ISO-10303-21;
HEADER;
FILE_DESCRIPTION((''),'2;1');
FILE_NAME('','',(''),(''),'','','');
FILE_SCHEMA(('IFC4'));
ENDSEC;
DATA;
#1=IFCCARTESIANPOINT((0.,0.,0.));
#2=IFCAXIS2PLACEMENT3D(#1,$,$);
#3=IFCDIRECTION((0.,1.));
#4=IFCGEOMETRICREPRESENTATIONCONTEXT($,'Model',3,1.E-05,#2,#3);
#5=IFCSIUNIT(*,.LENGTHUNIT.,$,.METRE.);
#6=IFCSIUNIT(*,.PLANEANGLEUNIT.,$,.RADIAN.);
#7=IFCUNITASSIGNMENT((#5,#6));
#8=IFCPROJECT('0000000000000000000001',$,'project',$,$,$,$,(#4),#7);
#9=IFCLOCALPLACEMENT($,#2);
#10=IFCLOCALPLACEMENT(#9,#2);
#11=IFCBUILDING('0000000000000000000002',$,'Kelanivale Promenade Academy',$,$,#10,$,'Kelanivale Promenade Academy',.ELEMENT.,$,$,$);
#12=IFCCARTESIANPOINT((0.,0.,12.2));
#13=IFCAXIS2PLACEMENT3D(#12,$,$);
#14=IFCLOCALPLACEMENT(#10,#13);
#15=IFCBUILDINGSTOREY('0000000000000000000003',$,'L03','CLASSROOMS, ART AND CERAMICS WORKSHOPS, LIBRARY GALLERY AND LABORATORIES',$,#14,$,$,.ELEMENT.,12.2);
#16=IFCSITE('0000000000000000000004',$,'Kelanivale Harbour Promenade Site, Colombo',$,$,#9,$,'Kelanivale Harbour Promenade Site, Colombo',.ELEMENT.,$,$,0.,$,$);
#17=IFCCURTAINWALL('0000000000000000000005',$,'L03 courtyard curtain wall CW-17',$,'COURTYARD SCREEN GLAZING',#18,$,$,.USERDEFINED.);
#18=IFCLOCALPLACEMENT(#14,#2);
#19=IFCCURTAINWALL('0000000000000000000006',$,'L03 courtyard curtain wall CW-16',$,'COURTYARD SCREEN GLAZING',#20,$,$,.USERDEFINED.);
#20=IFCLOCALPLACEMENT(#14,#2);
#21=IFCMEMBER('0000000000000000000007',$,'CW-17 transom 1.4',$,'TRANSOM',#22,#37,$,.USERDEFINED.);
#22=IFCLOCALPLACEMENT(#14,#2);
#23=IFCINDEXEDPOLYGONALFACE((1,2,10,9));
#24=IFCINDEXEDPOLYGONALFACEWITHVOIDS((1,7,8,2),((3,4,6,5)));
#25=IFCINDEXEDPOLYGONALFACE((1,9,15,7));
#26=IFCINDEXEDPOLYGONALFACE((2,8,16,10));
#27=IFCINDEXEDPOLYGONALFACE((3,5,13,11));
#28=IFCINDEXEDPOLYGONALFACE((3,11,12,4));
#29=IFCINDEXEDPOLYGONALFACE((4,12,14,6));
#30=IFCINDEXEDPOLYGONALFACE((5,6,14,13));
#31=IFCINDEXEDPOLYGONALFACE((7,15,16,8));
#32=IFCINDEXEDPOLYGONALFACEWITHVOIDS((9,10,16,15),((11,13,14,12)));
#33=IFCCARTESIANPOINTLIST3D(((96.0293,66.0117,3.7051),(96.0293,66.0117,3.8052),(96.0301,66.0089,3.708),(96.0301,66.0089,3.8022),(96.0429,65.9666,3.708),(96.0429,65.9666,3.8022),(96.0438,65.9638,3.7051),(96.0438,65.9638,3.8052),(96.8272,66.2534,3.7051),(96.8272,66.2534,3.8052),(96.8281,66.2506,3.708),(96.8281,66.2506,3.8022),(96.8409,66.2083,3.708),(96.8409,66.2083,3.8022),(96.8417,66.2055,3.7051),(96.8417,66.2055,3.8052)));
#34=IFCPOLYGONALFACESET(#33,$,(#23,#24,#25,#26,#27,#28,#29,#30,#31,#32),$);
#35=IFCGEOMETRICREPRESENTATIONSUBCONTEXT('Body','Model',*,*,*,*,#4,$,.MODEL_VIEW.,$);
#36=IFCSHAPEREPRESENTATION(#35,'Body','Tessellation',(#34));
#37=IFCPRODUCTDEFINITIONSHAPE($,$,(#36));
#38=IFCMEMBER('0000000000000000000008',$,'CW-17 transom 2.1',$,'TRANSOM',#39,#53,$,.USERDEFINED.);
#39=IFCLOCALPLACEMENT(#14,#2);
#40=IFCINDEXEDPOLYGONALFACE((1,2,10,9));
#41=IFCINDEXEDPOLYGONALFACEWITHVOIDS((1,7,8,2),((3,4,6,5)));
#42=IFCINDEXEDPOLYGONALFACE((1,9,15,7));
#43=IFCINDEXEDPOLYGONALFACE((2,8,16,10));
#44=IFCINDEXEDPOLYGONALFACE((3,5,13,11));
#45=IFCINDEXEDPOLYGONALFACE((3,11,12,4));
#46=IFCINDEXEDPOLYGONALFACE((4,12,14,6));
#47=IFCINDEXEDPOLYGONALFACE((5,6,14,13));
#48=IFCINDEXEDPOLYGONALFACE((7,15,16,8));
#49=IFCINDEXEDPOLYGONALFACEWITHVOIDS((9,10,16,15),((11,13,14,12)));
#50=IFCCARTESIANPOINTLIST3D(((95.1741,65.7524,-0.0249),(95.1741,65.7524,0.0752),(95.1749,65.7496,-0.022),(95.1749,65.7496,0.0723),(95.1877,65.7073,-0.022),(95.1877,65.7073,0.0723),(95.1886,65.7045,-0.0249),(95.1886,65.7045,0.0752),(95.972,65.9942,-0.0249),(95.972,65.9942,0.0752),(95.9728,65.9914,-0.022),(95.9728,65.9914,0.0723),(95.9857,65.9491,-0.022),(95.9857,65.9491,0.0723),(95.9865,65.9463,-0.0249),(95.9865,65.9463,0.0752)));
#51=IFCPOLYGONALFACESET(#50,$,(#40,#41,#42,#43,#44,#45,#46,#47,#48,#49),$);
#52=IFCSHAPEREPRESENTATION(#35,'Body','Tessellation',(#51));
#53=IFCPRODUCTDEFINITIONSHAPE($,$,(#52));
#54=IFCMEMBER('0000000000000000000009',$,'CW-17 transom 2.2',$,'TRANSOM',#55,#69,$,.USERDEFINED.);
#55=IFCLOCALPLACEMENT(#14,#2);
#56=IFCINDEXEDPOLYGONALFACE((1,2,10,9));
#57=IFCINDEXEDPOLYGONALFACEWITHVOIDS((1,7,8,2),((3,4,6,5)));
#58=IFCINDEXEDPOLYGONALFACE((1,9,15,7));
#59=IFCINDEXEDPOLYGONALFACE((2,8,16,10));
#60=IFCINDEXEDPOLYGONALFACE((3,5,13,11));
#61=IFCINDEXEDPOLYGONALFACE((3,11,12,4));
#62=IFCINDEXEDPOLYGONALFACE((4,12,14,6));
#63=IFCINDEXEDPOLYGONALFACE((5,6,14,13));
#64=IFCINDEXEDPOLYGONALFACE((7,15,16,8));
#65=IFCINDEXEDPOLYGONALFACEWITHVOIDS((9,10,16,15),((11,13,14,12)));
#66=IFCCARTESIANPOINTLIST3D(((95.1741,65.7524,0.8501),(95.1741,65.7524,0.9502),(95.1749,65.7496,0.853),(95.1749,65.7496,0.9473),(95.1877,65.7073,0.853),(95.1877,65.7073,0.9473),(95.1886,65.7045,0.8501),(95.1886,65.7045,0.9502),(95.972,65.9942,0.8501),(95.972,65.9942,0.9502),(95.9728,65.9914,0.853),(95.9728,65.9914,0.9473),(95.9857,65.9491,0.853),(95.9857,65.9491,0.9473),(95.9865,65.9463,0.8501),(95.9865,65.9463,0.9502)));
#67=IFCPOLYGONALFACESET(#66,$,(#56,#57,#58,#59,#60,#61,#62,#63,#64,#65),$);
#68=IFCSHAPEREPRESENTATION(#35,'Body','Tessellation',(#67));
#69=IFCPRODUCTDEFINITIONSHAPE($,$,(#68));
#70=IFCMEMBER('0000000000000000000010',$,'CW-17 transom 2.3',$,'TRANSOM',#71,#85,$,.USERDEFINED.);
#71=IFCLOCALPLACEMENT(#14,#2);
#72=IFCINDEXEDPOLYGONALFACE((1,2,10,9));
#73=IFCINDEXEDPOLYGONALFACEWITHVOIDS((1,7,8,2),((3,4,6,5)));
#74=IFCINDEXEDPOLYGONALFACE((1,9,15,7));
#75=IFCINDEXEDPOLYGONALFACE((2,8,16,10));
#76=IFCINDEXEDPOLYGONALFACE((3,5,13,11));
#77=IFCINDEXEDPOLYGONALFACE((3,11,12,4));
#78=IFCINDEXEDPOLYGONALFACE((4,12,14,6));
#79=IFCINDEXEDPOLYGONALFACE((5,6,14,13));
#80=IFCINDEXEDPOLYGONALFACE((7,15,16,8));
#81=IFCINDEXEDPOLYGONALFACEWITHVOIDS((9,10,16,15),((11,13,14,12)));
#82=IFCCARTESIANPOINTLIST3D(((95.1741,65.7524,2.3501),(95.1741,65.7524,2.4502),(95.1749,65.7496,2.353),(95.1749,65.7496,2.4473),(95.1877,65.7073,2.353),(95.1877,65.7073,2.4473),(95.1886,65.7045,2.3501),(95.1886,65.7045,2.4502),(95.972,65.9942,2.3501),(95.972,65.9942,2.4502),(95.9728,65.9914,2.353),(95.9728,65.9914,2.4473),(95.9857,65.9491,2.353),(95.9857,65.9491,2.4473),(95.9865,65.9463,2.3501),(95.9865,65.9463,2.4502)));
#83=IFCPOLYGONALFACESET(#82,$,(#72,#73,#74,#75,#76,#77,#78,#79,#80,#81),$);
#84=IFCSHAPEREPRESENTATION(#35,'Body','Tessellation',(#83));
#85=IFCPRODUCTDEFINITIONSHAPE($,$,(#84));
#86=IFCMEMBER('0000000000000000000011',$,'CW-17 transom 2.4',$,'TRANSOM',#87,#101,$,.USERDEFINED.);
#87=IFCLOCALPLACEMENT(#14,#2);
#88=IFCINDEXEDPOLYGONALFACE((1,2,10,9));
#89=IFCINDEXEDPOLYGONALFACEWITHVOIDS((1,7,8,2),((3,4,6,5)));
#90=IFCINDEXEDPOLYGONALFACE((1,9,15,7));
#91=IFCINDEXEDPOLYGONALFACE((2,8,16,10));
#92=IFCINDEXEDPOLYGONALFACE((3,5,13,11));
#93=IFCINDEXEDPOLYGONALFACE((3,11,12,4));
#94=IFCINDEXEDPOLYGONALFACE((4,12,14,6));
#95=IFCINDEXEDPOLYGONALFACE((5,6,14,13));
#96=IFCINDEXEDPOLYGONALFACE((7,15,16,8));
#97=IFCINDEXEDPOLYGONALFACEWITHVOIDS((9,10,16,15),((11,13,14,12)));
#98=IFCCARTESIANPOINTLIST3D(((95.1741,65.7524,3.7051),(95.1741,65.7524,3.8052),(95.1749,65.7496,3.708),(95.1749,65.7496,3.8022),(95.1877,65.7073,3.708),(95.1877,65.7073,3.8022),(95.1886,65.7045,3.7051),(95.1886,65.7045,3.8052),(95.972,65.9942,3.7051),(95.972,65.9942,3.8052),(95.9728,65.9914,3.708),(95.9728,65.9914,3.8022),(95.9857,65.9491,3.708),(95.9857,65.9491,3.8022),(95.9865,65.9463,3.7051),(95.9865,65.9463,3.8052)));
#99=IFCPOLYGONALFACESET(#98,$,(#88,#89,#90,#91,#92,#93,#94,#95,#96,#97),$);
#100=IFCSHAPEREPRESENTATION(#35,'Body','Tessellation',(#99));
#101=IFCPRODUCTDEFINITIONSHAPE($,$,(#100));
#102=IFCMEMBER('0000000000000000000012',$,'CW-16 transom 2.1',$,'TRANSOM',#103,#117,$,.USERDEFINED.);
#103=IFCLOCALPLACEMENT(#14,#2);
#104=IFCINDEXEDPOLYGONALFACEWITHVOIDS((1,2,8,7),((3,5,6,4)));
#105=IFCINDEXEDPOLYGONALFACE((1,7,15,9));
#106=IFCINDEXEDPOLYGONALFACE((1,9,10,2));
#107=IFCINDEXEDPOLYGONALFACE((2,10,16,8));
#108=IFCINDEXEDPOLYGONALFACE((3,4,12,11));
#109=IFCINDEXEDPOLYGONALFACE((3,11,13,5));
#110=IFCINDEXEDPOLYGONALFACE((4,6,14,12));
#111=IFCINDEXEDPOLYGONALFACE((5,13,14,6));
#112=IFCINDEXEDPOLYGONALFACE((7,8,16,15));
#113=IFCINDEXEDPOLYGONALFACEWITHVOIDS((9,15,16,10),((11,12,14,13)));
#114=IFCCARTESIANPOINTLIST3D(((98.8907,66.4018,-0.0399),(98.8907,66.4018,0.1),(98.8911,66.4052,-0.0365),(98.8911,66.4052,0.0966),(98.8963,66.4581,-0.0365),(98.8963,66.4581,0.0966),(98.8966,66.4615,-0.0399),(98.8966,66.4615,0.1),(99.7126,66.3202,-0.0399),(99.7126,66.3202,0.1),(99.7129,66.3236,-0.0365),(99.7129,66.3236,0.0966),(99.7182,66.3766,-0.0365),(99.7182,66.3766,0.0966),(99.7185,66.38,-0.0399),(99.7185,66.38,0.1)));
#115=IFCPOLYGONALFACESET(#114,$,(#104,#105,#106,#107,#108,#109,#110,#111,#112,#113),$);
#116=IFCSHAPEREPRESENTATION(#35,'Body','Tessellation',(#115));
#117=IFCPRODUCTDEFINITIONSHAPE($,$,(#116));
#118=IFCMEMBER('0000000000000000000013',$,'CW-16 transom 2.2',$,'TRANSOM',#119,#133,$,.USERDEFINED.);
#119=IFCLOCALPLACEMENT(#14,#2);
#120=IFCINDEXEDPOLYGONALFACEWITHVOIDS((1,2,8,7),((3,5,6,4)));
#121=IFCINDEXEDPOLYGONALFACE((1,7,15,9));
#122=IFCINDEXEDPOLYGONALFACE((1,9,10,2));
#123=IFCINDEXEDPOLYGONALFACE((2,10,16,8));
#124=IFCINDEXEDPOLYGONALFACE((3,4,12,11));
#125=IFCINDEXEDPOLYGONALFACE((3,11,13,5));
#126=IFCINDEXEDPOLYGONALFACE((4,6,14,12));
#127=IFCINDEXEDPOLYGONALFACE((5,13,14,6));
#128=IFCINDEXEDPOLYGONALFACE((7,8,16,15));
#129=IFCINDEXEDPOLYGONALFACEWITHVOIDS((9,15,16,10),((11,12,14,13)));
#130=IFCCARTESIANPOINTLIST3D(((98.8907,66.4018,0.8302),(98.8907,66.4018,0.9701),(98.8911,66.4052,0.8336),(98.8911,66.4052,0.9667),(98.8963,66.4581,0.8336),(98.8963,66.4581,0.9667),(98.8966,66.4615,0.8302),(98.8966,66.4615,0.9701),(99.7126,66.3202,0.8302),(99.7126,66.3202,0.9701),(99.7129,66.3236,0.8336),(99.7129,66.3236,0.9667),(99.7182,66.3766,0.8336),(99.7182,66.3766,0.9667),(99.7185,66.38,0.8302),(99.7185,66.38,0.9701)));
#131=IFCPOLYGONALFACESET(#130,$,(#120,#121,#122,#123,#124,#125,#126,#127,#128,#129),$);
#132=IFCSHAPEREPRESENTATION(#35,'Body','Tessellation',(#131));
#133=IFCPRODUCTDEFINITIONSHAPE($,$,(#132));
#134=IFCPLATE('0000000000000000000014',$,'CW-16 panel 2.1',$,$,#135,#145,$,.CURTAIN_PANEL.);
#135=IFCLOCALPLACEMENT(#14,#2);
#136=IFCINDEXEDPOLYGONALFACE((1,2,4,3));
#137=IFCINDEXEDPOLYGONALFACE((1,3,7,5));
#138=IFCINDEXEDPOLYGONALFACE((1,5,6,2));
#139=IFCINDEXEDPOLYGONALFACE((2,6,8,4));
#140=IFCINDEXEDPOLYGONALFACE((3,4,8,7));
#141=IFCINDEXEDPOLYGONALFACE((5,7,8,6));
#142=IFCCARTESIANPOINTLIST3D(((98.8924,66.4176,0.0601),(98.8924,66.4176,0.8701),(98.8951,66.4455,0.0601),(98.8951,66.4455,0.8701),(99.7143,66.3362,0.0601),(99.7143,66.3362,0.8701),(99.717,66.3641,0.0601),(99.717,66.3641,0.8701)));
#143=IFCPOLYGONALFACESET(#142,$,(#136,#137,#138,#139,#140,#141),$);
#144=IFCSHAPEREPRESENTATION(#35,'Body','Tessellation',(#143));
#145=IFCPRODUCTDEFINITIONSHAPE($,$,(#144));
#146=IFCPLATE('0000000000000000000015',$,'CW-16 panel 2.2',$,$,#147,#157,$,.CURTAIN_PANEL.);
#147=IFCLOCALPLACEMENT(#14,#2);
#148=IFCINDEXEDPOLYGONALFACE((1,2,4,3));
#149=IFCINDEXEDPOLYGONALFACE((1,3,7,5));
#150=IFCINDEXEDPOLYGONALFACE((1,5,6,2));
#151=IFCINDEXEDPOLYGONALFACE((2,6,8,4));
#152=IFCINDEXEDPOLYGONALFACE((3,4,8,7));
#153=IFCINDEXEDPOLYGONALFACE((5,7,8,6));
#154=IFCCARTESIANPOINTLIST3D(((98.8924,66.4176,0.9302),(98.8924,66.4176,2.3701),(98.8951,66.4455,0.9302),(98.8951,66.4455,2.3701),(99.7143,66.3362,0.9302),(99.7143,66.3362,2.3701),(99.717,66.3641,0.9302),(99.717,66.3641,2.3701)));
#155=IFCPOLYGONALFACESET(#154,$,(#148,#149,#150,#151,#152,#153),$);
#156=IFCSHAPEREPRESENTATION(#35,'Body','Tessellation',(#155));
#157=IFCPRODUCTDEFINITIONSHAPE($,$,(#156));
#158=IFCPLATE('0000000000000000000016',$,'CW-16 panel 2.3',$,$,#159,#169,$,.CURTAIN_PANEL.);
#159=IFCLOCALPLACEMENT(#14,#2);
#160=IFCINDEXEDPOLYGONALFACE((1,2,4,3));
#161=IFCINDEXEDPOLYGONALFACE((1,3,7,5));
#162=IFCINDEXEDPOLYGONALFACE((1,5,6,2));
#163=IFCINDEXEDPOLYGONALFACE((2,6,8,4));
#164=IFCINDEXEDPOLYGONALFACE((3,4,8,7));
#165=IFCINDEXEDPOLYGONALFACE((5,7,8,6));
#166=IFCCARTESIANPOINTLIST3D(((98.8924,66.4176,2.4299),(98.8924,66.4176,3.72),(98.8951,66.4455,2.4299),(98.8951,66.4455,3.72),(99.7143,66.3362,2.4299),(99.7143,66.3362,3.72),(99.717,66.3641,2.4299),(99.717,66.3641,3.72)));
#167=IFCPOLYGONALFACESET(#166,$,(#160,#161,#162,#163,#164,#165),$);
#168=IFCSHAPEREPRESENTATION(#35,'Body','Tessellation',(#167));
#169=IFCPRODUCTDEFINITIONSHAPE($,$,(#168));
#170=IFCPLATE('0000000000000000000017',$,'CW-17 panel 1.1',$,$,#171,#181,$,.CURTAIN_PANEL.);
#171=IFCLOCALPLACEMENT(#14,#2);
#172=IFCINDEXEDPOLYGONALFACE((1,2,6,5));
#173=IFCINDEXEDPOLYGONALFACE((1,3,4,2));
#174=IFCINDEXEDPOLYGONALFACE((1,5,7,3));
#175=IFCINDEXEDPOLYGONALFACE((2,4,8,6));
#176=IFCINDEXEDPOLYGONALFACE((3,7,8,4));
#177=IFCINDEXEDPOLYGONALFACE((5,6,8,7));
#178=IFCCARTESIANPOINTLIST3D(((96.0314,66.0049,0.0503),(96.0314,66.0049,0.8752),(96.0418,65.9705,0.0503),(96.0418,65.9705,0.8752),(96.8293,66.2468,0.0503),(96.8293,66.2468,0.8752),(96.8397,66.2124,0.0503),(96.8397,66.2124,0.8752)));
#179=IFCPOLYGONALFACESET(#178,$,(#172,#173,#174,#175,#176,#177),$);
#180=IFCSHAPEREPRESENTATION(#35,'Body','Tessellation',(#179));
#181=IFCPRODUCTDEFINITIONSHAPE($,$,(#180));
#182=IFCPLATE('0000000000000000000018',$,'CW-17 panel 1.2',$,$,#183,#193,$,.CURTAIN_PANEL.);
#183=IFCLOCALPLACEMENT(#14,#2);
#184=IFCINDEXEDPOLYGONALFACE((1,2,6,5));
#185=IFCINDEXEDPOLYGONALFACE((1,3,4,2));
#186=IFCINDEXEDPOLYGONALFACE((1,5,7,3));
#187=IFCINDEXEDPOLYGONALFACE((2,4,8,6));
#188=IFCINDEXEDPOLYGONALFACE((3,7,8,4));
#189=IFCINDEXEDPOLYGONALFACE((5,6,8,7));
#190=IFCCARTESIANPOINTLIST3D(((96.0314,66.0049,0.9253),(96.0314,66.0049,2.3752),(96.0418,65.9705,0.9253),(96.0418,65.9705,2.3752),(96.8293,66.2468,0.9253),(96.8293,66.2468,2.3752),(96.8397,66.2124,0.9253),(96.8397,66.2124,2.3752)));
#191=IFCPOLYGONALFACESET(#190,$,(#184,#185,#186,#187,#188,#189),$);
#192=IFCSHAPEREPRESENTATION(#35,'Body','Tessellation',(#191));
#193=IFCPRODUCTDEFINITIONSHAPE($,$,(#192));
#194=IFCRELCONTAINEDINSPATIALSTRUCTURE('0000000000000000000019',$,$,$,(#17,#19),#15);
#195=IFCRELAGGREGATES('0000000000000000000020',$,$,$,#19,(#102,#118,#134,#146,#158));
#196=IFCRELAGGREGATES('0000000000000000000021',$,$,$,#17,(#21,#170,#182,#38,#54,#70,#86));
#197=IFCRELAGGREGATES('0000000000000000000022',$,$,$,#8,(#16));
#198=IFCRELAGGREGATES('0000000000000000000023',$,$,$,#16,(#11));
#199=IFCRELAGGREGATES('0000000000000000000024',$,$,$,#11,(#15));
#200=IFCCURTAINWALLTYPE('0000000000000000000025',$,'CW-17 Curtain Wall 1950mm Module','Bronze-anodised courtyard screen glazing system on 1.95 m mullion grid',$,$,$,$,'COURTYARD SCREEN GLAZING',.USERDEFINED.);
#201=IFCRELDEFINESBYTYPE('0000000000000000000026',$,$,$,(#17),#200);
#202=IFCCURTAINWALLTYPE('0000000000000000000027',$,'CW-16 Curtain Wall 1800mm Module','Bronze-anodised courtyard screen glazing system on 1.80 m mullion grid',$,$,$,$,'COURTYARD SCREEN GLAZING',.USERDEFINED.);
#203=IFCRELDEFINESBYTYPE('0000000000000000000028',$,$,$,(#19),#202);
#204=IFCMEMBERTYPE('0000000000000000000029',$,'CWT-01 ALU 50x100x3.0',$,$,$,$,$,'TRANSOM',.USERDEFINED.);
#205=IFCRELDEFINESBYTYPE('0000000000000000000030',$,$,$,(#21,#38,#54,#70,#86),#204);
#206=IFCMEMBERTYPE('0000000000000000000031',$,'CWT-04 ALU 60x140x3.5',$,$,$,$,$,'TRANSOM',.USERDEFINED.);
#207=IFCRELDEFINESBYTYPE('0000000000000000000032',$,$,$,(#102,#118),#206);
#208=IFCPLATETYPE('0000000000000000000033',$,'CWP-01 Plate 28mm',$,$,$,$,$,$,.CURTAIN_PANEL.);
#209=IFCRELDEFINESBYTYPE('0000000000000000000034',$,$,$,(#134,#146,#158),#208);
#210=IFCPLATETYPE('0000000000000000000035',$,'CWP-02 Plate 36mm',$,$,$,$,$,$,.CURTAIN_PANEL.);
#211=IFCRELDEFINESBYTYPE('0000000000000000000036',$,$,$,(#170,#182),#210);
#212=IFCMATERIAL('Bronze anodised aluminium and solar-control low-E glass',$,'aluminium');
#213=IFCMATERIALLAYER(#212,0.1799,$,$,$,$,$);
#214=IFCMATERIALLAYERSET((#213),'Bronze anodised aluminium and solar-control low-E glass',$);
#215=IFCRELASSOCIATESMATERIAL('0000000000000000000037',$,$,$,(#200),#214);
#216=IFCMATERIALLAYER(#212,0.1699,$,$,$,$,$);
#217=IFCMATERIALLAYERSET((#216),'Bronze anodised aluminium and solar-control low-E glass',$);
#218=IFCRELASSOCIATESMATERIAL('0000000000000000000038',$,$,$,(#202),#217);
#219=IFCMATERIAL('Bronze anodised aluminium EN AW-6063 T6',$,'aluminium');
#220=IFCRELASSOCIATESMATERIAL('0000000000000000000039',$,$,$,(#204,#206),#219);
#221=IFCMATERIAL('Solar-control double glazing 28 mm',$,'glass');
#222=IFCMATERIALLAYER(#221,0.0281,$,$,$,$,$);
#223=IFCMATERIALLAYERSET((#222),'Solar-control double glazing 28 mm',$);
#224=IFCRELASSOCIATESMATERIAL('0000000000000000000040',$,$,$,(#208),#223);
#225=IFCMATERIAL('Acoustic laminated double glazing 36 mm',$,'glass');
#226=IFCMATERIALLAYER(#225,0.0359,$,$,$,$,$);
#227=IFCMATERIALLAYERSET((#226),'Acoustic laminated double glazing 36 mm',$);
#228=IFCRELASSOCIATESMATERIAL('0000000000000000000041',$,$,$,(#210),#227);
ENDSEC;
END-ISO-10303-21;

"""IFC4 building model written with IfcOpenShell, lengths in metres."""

from ifc_helpers import new_model, si_unit, direction, frame, origin, origin_2d, place, context, subcontext, project, spatial, rectangle, hollow_rectangle, extrude, material, layer, layer_set, material_profile, profile_set, type_object, element, aggregate, save


model = new_model("IFC4")

# Units and contexts
model_context = context("Model", 3, precision=1e-05, world=origin(), true_north=direction((0.0, 1.0)))
body_context = subcontext(model_context, "Body", "Model", "MODEL_VIEW")
ifc_project = project(units=[si_unit("LENGTHUNIT", "METRE"), si_unit("PLANEANGLEUNIT", "RADIAN")], contexts=[model_context])

# Site, building, storey
site_placement = place(None, origin())
site = spatial("IfcSite", under=ifc_project, at=site_placement, Name="Kelanivale Harbour Promenade Site, Colombo", LongName="Kelanivale Harbour Promenade Site, Colombo", CompositionType="ELEMENT", RefElevation=0.0)
building_placement = place(site_placement, origin())
building = spatial("IfcBuilding", under=site, at=building_placement, Name="Kelanivale Promenade Academy", LongName="Kelanivale Promenade Academy", CompositionType="ELEMENT")
storey_placement = place(building_placement, frame((0.0, 0.0, 12.2)))
storey = spatial("IfcBuildingStorey", under=building, at=storey_placement, Name="L03", Description="CLASSROOMS, ART AND CERAMICS WORKSHOPS, LIBRARY GALLERY AND LABORATORIES", CompositionType="ELEMENT", Elevation=12.2)

# Curtain wall
ifc_material_1 = material(Name="Bronze anodised aluminium and solar-control low-E glass", Category="aluminium")
ifc_layer_1 = layer(ifc_material_1, 0.1799)
ifc_layer_set_1 = layer_set([ifc_layer_1], Name="Bronze anodised aluminium and solar-control low-E glass")
curtain_wall_type_1 = type_object("IfcCurtainWallType", Name="CW-17 Curtain Wall 1950mm Module", Description="Bronze-anodised courtyard screen glazing system on 1.95 m mullion grid", ElementType="COURTYARD SCREEN GLAZING", PredefinedType="USERDEFINED", material=ifc_layer_set_1)
curtain_wall_1_placement = place(storey_placement, origin())
curtain_wall_1 = element("IfcCurtainWall", 1, at=curtain_wall_1_placement, inside=storey, type_object=curtain_wall_type_1, Name="L03 courtyard curtain wall CW-17", ObjectType="COURTYARD SCREEN GLAZING", PredefinedType="USERDEFINED")
ifc_material_2 = material(Name="Bronze anodised aluminium EN AW-6063 T6", Category="aluminium")

# Curtain wall
ifc_layer_2 = layer(ifc_material_1, 0.1699)
ifc_layer_set_2 = layer_set([ifc_layer_2], Name="Bronze anodised aluminium and solar-control low-E glass")
curtain_wall_type_2 = type_object("IfcCurtainWallType", Name="CW-16 Curtain Wall 1800mm Module", Description="Bronze-anodised courtyard screen glazing system on 1.80 m mullion grid", ElementType="COURTYARD SCREEN GLAZING", PredefinedType="USERDEFINED", material=ifc_layer_set_2)
curtain_wall_2_placement = place(storey_placement, origin())
curtain_wall_2 = element("IfcCurtainWall", 2, at=curtain_wall_2_placement, inside=storey, type_object=curtain_wall_type_2, Name="L03 courtyard curtain wall CW-16", ObjectType="COURTYARD SCREEN GLAZING", PredefinedType="USERDEFINED")

# Members
ifc_material_profile_1 = material_profile(ifc_material_2, hollow_rectangle(XDim=0.05, YDim=0.1001, WallThickness=0.0029, at=origin_2d()), Name="ALU 50x100x3.0")
ifc_profile_set_1 = profile_set([ifc_material_profile_1], Name="Bronze anodised aluminium EN AW-6063 T6")
member_type_1 = type_object("IfcMemberType", Name="CWT-01 ALU 50x100x3.0", ElementType="TRANSOM", PredefinedType="USERDEFINED", material=ifc_profile_set_1)
member_1_placement = place(storey_placement, frame((96.8345, 66.2295, 3.7551), z_axis=(-0.957049, -0.289926, 0.0), x_axis=(0.289926, -0.957049, 0.0)))
member_1 = element("IfcMember", 3, at=member_1_placement, type_object=member_type_1, Name="CW-17 transom 1.4", ObjectType="TRANSOM", PredefinedType="USERDEFINED", context=body_context, shape_type="SweptSolid", body=[
    extrude(hollow_rectangle(XDim=0.05, YDim=0.1001, WallThickness=0.0029, at=origin_2d()), origin(), (0.0, 0.0, 1.0), 0.8337),
])
member_2_placement = place(storey_placement, frame((95.9792, 65.9702, 0.0251), z_axis=(-0.957049, -0.289926, 0.0), x_axis=(0.289926, -0.957049, 0.0)))
member_2 = element("IfcMember", 4, at=member_2_placement, type_object=member_type_1, Name="CW-17 transom 2.1", ObjectType="TRANSOM", PredefinedType="USERDEFINED", context=body_context, shape_type="SweptSolid", body=[
    extrude(hollow_rectangle(XDim=0.05, YDim=0.1001, WallThickness=0.0029, at=origin_2d()), origin(), (0.0, 0.0, 1.0), 0.8337),
])
member_3_placement = place(storey_placement, frame((95.9792, 65.9702, 0.9001), z_axis=(-0.957049, -0.289926, 0.0), x_axis=(0.289926, -0.957049, 0.0)))
member_3 = element("IfcMember", 5, at=member_3_placement, type_object=member_type_1, Name="CW-17 transom 2.2", ObjectType="TRANSOM", PredefinedType="USERDEFINED", context=body_context, shape_type="SweptSolid", body=[
    extrude(hollow_rectangle(XDim=0.05, YDim=0.1001, WallThickness=0.0029, at=origin_2d()), origin(), (0.0, 0.0, 1.0), 0.8337),
])
member_4_placement = place(storey_placement, frame((95.9792, 65.9702, 2.4001), z_axis=(-0.957049, -0.289926, 0.0), x_axis=(0.289926, -0.957049, 0.0)))
member_4 = element("IfcMember", 6, at=member_4_placement, type_object=member_type_1, Name="CW-17 transom 2.3", ObjectType="TRANSOM", PredefinedType="USERDEFINED", context=body_context, shape_type="SweptSolid", body=[
    extrude(hollow_rectangle(XDim=0.05, YDim=0.1001, WallThickness=0.0029, at=origin_2d()), origin(), (0.0, 0.0, 1.0), 0.8337),
])
member_5_placement = place(storey_placement, frame((95.9792, 65.9702, 3.7551), z_axis=(-0.957049, -0.289926, 0.0), x_axis=(0.289926, -0.957049, 0.0)))
member_5 = element("IfcMember", 7, at=member_5_placement, type_object=member_type_1, Name="CW-17 transom 2.4", ObjectType="TRANSOM", PredefinedType="USERDEFINED", context=body_context, shape_type="SweptSolid", body=[
    extrude(hollow_rectangle(XDim=0.05, YDim=0.1001, WallThickness=0.0029, at=origin_2d()), origin(), (0.0, 0.0, 1.0), 0.8337),
])
ifc_material_profile_2 = material_profile(ifc_material_2, hollow_rectangle(XDim=0.0601, YDim=0.1399, WallThickness=0.0034, at=origin_2d()), Name="ALU 60x140x3.5")
ifc_profile_set_2 = profile_set([ifc_material_profile_2], Name="Bronze anodised aluminium EN AW-6063 T6")
member_type_2 = type_object("IfcMemberType", Name="CWT-04 ALU 60x140x3.5", ElementType="TRANSOM", PredefinedType="USERDEFINED", material=ifc_profile_set_2)
member_6_placement = place(storey_placement, frame((99.7156, 66.3501, 0.03), z_axis=(-0.995113, 0.098743, 0.0), x_axis=(-0.098743, -0.995113, 0.0)))
member_6 = element("IfcMember", 8, at=member_6_placement, type_object=member_type_2, Name="CW-16 transom 2.1", ObjectType="TRANSOM", PredefinedType="USERDEFINED", context=body_context, shape_type="SweptSolid", body=[
    extrude(hollow_rectangle(XDim=0.0601, YDim=0.1399, WallThickness=0.0034, at=origin_2d()), origin(), (0.0, 0.0, 1.0), 0.8259),
])
member_7_placement = place(storey_placement, frame((99.7156, 66.3501, 0.9001), z_axis=(-0.995113, 0.098743, 0.0), x_axis=(-0.098743, -0.995113, 0.0)))
member_7 = element("IfcMember", 9, at=member_7_placement, type_object=member_type_2, Name="CW-16 transom 2.2", ObjectType="TRANSOM", PredefinedType="USERDEFINED", context=body_context, shape_type="SweptSolid", body=[
    extrude(hollow_rectangle(XDim=0.0601, YDim=0.1399, WallThickness=0.0034, at=origin_2d()), origin(), (0.0, 0.0, 1.0), 0.8259),
])

# Plates
ifc_material_3 = material(Name="Solar-control double glazing 28 mm", Category="glass")
ifc_layer_3 = layer(ifc_material_3, 0.0281)
ifc_layer_set_3 = layer_set([ifc_layer_3], Name="Solar-control double glazing 28 mm")
plate_type_1 = type_object("IfcPlateType", Name="CWP-01 Plate 28mm", PredefinedType="CURTAIN_PANEL", material=ifc_layer_set_3)
plate_1_placement = place(storey_placement, frame((99.3047, 66.3909, 0.0601), z_axis=(0.0, 0.0, 1.0), x_axis=(-0.995133, 0.098539, 0.0)))
plate_1 = element("IfcPlate", 10, at=plate_1_placement, type_object=plate_type_1, Name="CW-16 panel 2.1", PredefinedType="CURTAIN_PANEL", context=body_context, shape_type="SweptSolid", body=[
    extrude(rectangle(XDim=0.8259, YDim=0.0281, at=origin_2d()), origin(), (0.0, 0.0, 1.0), 0.8101),
])
plate_2_placement = place(storey_placement, frame((99.3047, 66.3909, 0.9302), z_axis=(0.0, 0.0, 1.0), x_axis=(-0.995133, 0.098539, 0.0)))
plate_2 = element("IfcPlate", 11, at=plate_2_placement, type_object=plate_type_1, Name="CW-16 panel 2.2", PredefinedType="CURTAIN_PANEL", context=body_context, shape_type="SweptSolid", body=[
    extrude(rectangle(XDim=0.8259, YDim=0.0281, at=origin_2d()), origin(), (0.0, 0.0, 1.0), 1.4399),
])
plate_3_placement = place(storey_placement, frame((99.3047, 66.3909, 2.4299), z_axis=(0.0, 0.0, 1.0), x_axis=(-0.995133, 0.098539, 0.0)))
plate_3 = element("IfcPlate", 12, at=plate_3_placement, type_object=plate_type_1, Name="CW-16 panel 2.3", PredefinedType="CURTAIN_PANEL", context=body_context, shape_type="SweptSolid", body=[
    extrude(rectangle(XDim=0.8259, YDim=0.0281, at=origin_2d()), origin(), (0.0, 0.0, 1.0), 1.29),
])
aggregate(curtain_wall_2, [member_6, member_7, plate_1, plate_2, plate_3])
ifc_material_4 = material(Name="Acoustic laminated double glazing 36 mm", Category="glass")
ifc_layer_4 = layer(ifc_material_4, 0.0359)
ifc_layer_set_4 = layer_set([ifc_layer_4], Name="Acoustic laminated double glazing 36 mm")
plate_type_2 = type_object("IfcPlateType", Name="CWP-02 Plate 36mm", PredefinedType="CURTAIN_PANEL", material=ifc_layer_set_4)
plate_4_placement = place(storey_placement, frame((96.4355, 66.1086, 0.0503), z_axis=(0.0, 0.0, 1.0), x_axis=(-0.956988, -0.290128, 0.0)))
plate_4 = element("IfcPlate", 13, at=plate_4_placement, type_object=plate_type_2, Name="CW-17 panel 1.1", PredefinedType="CURTAIN_PANEL", context=body_context, shape_type="SweptSolid", body=[
    extrude(rectangle(XDim=0.8337, YDim=0.0359, at=origin_2d()), origin(), (0.0, 0.0, 1.0), 0.825),
])
plate_5_placement = place(storey_placement, frame((96.4355, 66.1086, 0.9253), z_axis=(0.0, 0.0, 1.0), x_axis=(-0.956988, -0.290128, 0.0)))
plate_5 = element("IfcPlate", 14, at=plate_5_placement, type_object=plate_type_2, Name="CW-17 panel 1.2", PredefinedType="CURTAIN_PANEL", context=body_context, shape_type="SweptSolid", body=[
    extrude(rectangle(XDim=0.8337, YDim=0.0359, at=origin_2d()), origin(), (0.0, 0.0, 1.0), 1.45),
])
aggregate(curtain_wall_1, [member_1, plate_4, plate_5, member_2, member_3, member_4, member_5])

save(model, "model.ifc")
